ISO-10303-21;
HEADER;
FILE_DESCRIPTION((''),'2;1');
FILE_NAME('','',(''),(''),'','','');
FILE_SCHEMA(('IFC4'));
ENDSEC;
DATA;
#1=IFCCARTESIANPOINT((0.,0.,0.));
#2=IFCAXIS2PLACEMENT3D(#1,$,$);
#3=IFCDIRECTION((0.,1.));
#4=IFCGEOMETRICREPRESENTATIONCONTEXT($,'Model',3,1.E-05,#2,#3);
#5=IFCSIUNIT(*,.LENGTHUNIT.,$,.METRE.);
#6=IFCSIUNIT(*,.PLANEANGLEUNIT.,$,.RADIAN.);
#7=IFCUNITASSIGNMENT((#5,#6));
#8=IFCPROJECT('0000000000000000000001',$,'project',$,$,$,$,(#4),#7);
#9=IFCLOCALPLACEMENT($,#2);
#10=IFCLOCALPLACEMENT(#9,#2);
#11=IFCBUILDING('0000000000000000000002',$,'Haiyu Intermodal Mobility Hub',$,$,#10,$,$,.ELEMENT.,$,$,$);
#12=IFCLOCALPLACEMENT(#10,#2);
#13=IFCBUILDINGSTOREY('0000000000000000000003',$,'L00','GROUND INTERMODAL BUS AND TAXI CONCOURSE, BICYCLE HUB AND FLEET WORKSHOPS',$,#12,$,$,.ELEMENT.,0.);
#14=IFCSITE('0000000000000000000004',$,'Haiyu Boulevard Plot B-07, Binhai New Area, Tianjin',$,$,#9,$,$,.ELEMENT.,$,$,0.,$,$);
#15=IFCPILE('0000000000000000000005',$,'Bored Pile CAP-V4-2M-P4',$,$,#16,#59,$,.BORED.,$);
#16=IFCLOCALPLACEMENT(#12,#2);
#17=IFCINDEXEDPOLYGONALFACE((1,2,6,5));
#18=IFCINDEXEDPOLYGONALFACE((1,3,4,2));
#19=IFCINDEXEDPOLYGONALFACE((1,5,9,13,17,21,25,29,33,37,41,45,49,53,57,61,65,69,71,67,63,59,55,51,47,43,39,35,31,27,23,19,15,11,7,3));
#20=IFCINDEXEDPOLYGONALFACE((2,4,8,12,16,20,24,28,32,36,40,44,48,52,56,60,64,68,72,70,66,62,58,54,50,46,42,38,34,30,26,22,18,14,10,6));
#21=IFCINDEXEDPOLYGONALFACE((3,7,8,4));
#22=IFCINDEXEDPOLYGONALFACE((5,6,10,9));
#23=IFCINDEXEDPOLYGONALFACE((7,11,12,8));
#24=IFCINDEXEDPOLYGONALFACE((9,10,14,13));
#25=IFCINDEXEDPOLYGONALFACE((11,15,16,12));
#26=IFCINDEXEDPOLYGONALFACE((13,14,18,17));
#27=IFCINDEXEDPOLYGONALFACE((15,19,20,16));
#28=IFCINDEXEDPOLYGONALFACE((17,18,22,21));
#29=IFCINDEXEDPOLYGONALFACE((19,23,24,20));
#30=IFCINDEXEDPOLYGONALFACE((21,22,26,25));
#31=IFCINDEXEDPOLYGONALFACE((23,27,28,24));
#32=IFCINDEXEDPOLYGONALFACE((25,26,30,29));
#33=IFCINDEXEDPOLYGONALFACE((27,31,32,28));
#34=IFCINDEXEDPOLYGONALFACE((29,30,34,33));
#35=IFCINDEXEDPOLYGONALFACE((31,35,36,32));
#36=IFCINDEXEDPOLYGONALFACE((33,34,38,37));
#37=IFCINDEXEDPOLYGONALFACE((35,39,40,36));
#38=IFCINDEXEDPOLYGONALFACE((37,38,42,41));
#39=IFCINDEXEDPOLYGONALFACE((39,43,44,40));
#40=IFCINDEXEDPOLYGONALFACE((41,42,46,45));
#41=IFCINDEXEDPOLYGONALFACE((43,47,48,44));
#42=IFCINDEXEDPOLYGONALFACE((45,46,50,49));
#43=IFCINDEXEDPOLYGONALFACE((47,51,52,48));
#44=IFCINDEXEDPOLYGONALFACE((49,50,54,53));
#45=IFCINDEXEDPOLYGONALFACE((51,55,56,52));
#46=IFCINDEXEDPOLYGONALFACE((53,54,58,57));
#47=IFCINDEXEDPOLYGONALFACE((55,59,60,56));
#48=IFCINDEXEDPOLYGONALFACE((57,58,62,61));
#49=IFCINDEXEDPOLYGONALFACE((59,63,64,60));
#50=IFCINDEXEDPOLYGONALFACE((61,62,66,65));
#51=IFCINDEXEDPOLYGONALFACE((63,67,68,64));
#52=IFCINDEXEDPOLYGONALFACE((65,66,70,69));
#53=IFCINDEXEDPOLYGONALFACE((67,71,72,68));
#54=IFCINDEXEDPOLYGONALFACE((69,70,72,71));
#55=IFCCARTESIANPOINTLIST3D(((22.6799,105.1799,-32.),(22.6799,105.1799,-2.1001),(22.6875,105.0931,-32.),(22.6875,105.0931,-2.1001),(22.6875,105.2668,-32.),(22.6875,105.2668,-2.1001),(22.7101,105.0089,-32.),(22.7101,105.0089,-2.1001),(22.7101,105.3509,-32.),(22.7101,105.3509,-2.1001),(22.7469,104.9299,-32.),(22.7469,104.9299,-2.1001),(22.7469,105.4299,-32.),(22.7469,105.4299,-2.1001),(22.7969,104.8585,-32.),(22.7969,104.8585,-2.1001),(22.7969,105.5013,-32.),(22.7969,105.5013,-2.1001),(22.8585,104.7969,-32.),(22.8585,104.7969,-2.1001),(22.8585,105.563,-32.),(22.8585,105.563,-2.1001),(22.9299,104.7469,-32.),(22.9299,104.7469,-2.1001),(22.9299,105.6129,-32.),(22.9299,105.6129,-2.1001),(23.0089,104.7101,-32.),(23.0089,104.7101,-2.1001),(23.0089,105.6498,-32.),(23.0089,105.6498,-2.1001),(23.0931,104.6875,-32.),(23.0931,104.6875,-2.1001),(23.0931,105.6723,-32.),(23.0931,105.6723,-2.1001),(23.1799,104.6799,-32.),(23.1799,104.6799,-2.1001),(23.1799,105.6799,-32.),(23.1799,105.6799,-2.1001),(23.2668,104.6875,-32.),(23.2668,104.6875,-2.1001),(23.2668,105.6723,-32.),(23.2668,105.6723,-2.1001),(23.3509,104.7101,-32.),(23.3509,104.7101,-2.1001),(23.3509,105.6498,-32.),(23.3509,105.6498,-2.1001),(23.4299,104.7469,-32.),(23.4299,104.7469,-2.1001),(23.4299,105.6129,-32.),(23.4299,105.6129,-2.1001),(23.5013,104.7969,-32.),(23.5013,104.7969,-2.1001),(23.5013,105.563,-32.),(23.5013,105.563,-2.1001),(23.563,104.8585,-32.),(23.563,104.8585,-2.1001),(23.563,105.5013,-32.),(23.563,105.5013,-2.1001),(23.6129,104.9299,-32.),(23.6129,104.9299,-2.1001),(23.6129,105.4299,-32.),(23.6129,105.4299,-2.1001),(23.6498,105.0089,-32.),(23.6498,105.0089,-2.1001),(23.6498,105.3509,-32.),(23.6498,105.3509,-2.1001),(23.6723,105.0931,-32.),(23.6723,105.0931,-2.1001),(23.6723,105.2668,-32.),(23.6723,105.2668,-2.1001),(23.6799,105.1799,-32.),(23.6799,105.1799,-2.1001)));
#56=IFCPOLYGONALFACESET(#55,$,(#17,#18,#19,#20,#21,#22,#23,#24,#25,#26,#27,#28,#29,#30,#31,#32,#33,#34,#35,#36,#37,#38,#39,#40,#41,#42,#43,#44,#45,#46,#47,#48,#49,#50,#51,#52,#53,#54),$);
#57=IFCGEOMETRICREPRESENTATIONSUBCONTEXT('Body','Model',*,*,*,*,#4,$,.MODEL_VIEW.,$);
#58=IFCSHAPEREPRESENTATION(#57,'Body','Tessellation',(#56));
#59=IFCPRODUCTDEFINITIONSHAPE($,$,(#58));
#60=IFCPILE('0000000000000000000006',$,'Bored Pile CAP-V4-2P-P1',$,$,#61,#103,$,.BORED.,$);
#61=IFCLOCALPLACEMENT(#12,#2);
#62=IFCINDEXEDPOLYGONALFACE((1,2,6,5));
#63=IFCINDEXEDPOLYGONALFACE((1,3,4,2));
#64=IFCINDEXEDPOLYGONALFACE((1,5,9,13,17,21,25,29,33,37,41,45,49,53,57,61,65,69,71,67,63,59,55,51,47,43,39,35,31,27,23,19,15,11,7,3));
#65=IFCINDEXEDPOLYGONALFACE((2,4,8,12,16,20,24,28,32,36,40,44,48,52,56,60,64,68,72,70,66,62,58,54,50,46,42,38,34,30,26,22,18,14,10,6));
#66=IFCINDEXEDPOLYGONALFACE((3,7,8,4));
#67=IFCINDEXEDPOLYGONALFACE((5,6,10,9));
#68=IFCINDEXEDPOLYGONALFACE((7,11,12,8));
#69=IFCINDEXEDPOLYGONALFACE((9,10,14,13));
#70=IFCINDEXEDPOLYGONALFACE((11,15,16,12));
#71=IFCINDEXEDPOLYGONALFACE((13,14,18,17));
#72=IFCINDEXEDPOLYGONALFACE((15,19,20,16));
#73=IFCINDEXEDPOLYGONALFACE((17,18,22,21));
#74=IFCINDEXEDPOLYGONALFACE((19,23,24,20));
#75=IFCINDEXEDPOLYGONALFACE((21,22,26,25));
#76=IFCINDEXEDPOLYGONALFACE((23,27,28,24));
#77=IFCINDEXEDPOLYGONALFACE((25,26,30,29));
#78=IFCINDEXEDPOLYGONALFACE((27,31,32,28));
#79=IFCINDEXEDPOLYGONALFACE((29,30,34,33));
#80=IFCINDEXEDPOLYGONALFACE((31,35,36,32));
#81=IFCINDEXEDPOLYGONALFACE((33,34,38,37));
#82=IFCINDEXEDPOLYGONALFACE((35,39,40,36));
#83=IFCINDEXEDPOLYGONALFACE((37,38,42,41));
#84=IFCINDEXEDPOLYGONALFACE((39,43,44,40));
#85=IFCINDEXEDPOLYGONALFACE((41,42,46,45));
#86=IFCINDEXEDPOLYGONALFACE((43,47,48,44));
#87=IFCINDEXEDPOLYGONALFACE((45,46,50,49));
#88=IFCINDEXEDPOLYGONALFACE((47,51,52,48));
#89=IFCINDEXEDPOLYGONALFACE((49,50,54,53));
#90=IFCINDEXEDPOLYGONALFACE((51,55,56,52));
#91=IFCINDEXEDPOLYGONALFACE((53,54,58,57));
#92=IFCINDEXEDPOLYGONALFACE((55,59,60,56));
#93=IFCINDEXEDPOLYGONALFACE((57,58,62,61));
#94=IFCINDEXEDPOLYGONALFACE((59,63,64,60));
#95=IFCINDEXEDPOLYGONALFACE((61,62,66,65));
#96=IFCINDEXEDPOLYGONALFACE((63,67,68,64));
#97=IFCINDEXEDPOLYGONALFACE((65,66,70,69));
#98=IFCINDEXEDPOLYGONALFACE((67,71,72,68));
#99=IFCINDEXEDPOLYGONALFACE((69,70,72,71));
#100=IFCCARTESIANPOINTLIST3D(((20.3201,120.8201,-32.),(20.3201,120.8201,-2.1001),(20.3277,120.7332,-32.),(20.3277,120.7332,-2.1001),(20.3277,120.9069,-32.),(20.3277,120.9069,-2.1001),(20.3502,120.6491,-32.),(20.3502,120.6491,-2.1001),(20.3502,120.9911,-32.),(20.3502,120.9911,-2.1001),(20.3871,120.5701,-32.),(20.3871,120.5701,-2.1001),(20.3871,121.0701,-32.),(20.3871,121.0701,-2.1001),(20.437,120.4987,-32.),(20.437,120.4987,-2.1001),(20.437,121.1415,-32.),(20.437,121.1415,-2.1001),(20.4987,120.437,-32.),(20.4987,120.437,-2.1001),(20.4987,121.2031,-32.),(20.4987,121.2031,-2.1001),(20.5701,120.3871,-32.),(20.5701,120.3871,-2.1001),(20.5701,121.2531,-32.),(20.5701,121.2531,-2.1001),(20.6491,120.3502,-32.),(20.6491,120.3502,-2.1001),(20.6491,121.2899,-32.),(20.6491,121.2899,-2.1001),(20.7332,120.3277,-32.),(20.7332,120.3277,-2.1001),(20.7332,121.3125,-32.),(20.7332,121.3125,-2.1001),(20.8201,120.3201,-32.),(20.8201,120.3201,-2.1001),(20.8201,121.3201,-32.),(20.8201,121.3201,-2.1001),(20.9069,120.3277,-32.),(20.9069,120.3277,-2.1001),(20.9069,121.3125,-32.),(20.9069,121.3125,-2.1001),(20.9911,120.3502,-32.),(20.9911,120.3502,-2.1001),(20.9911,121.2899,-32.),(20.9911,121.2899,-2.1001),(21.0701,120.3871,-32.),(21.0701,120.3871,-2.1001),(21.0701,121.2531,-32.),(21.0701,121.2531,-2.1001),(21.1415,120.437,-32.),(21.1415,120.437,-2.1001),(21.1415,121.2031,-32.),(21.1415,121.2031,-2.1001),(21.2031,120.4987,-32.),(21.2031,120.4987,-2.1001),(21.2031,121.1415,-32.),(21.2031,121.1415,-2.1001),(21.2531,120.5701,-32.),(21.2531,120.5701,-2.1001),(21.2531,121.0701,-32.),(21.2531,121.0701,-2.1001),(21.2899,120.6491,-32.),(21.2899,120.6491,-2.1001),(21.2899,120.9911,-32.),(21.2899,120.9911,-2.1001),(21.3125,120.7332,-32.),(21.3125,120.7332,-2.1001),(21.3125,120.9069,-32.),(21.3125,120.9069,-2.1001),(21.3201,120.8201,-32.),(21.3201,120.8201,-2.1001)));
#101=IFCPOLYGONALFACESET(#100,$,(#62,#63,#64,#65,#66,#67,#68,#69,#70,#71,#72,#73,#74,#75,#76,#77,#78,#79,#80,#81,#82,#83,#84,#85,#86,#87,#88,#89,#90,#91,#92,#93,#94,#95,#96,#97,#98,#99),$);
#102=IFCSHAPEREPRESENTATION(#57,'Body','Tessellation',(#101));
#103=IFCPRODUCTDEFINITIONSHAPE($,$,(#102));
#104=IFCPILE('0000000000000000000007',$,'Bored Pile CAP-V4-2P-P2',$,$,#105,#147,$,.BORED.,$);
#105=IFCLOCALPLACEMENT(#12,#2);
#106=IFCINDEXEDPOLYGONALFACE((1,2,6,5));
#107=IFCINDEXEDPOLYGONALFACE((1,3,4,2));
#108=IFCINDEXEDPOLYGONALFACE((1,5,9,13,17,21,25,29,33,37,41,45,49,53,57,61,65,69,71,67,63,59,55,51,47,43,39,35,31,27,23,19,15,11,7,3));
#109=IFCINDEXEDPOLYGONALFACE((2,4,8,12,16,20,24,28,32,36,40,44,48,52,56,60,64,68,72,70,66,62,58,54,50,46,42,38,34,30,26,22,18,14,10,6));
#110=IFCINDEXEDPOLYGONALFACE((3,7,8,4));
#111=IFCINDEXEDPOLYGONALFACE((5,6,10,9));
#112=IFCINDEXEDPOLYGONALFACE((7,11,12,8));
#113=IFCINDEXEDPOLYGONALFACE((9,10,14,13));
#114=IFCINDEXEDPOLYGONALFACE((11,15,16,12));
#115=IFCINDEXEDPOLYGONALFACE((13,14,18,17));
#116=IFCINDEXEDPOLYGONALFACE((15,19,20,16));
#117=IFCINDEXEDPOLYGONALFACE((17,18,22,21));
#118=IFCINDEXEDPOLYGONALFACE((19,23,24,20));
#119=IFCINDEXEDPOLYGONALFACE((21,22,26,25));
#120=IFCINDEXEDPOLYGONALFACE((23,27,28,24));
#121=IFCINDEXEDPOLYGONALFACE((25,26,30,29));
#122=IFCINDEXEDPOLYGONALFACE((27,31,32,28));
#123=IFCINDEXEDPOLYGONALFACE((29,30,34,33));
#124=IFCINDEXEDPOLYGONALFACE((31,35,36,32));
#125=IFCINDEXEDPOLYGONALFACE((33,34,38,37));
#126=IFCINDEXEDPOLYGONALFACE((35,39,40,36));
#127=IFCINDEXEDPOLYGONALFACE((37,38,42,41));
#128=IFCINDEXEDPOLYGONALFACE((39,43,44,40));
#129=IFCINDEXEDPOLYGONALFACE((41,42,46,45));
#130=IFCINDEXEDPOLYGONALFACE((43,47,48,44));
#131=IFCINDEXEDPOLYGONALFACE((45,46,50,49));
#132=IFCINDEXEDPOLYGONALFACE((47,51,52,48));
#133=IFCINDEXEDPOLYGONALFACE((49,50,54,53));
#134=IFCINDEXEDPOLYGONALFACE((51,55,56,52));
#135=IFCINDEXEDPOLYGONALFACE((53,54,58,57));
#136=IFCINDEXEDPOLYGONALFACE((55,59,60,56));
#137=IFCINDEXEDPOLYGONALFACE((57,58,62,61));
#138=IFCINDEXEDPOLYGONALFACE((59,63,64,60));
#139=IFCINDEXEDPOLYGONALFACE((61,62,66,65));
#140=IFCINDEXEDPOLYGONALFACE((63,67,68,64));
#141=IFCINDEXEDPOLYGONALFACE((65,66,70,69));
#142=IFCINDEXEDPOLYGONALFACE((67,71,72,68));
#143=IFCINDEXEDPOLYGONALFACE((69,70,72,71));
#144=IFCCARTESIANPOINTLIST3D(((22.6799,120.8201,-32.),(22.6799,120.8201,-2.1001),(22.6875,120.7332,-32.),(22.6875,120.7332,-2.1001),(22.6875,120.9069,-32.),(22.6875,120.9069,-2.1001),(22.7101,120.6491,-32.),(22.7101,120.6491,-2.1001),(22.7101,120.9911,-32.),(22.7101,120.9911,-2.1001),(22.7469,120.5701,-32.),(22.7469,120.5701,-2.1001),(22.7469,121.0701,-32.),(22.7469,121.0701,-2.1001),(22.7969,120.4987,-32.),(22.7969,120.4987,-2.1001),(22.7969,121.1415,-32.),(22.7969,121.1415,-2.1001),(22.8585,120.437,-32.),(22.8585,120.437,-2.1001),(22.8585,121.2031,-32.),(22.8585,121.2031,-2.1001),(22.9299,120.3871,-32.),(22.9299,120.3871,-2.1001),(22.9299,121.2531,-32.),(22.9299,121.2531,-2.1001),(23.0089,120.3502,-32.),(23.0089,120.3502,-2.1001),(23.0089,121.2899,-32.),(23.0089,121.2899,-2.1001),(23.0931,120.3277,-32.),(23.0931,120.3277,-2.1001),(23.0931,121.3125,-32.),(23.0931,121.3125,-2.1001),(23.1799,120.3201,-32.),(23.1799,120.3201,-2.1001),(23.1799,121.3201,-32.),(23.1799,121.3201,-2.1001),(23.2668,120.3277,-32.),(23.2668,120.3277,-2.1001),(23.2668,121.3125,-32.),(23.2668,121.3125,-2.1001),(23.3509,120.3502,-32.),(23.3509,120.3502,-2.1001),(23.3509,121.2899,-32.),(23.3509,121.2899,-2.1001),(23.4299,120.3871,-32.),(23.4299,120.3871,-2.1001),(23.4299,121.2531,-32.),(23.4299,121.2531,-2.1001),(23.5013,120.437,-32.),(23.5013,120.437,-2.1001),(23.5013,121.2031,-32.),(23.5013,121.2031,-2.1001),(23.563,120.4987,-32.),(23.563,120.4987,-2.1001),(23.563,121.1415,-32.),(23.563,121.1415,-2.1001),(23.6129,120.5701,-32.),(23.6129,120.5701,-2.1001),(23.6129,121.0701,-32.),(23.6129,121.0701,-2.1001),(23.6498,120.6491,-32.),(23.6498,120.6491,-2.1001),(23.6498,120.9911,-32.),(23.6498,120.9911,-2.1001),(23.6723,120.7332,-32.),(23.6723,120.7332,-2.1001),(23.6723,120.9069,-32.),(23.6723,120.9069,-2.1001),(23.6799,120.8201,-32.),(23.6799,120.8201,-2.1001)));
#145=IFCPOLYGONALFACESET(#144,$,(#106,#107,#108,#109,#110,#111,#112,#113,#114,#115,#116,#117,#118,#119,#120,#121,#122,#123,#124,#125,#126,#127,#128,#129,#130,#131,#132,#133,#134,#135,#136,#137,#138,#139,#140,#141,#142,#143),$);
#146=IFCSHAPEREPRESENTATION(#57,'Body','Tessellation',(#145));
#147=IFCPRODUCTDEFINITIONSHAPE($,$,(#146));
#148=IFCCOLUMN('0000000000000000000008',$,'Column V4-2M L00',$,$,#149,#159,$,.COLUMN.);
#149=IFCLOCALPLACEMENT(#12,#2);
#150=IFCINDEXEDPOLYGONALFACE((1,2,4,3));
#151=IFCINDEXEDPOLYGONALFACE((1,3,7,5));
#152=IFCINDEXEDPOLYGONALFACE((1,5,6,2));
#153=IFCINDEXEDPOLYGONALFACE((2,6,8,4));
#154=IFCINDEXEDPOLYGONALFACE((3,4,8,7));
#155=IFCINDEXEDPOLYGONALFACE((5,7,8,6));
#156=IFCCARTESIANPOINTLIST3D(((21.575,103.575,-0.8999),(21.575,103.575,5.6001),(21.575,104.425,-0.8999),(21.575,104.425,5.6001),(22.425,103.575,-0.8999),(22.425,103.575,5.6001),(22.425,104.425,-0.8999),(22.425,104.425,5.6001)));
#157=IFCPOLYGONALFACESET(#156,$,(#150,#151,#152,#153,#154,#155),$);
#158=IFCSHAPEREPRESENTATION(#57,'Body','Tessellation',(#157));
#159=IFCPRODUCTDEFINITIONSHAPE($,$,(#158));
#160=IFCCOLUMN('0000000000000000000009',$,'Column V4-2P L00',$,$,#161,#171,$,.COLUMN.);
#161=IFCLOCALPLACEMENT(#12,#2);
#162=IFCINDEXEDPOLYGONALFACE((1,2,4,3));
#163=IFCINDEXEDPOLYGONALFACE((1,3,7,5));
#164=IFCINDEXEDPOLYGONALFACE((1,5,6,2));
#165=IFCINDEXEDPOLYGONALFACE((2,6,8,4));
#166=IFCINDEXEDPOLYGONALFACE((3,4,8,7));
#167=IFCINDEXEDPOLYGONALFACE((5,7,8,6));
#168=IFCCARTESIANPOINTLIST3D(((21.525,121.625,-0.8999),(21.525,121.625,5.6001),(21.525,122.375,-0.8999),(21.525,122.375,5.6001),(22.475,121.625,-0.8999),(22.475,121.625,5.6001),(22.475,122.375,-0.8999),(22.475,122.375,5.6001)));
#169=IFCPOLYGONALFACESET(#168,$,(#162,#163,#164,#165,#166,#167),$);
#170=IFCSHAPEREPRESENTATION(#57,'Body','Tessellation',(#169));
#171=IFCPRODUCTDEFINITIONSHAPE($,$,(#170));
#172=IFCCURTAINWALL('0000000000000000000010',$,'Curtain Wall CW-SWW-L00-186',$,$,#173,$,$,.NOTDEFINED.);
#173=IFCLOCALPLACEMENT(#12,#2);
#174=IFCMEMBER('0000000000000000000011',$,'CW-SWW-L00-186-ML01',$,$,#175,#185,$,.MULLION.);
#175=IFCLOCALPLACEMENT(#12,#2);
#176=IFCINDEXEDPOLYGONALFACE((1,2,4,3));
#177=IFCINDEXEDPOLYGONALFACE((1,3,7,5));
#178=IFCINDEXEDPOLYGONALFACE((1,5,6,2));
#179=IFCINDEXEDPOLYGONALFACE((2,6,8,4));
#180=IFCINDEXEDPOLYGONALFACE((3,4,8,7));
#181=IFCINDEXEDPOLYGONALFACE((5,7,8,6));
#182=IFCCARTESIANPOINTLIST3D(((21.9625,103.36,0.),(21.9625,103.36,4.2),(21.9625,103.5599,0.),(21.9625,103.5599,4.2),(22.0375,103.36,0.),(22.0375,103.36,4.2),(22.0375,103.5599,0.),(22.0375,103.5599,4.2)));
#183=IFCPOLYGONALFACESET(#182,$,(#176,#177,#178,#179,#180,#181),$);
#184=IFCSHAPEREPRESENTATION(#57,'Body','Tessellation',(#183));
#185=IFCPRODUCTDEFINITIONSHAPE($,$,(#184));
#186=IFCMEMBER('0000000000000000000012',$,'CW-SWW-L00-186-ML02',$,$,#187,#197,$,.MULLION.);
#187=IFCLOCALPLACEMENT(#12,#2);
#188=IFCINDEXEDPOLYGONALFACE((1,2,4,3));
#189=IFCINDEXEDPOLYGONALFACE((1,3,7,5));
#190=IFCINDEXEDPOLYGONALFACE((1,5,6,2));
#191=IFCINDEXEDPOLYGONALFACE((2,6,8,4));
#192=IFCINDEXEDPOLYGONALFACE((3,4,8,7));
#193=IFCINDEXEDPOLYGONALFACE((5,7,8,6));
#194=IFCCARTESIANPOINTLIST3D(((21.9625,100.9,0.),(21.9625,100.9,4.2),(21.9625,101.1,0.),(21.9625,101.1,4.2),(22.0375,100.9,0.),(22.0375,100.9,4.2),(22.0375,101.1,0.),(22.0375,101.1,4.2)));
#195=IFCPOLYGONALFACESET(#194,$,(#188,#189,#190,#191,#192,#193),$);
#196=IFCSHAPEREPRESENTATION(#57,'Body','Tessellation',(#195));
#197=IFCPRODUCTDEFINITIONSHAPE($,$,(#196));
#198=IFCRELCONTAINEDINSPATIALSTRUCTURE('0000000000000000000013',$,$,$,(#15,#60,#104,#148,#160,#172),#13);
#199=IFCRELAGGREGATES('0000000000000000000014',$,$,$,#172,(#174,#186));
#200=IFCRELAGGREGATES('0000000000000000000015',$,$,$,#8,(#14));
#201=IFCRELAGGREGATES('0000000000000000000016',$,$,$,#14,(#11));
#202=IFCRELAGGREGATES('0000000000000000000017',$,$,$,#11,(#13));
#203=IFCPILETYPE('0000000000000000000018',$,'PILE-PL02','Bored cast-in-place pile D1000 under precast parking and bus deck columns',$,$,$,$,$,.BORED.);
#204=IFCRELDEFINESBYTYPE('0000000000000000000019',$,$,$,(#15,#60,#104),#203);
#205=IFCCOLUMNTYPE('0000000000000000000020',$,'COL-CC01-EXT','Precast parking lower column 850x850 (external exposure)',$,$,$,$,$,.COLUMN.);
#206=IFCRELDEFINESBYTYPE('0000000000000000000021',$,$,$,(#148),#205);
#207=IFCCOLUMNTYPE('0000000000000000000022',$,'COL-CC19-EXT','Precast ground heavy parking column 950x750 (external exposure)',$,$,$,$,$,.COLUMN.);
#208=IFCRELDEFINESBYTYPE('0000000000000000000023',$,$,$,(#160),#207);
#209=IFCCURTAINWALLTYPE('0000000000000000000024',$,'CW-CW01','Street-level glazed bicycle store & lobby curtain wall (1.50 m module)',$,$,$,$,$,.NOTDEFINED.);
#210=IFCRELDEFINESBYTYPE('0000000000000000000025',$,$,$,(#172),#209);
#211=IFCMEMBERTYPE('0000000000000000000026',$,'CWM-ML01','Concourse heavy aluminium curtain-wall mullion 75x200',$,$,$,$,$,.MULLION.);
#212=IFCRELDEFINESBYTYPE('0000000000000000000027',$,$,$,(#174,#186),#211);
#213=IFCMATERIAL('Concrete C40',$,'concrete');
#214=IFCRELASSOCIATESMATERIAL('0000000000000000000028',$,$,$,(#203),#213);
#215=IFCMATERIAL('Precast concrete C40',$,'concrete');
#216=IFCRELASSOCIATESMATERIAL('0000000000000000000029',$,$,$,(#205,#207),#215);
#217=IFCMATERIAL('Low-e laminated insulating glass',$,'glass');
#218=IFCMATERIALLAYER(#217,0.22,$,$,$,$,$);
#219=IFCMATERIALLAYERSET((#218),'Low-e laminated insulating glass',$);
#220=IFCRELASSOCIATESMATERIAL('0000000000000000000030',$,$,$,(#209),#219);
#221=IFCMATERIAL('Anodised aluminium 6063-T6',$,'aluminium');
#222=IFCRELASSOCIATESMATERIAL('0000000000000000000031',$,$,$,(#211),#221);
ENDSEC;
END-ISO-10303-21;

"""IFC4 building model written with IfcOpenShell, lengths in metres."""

from ifc_helpers import new_model, si_unit, direction, frame, origin, origin_2d, place, context, subcontext, project, spatial, rectangle, circle, extrude, material, layer, layer_set, material_profile, profile_set, type_object, element, aggregate, save


model = new_model("IFC4")

# Units and contexts
model_context = context("Model", 3, precision=1e-05, world=origin(), true_north=direction((0.0, 1.0)))
body_context = subcontext(model_context, "Body", "Model", "MODEL_VIEW")
ifc_project = project(units=[si_unit("LENGTHUNIT", "METRE"), si_unit("PLANEANGLEUNIT", "RADIAN")], contexts=[model_context])

# Site, building, storey
site_placement = place(None, origin())
site = spatial("IfcSite", under=ifc_project, at=site_placement, Name="Haiyu Boulevard Plot B-07, Binhai New Area, Tianjin", CompositionType="ELEMENT", RefElevation=0.0)
building_placement = place(site_placement, origin())
building = spatial("IfcBuilding", under=site, at=building_placement, Name="Haiyu Intermodal Mobility Hub", CompositionType="ELEMENT")
storey_placement = place(building_placement, origin())
storey = spatial("IfcBuildingStorey", under=building, at=storey_placement, Name="L00", Description="GROUND INTERMODAL BUS AND TAXI CONCOURSE, BICYCLE HUB AND FLEET WORKSHOPS", CompositionType="ELEMENT", Elevation=0.0)

# Shared definitions
ifc_material_1 = material(Name="Concrete C40", Category="concrete")

# Piles
ifc_material_profile_1 = material_profile(ifc_material_1, circle(Radius=0.5, at=origin_2d()), Name="PILE-D1000")
ifc_profile_set_1 = profile_set([ifc_material_profile_1], Name="Concrete C40")
pile_type = type_object("IfcPileType", Name="PILE-PL02", Description="Bored cast-in-place pile D1000 under precast parking and bus deck columns", PredefinedType="BORED", material=ifc_profile_set_1)
for number, where, z_axis, x_axis, name in (
    (1, (23.1799, 105.1799, -2.1001), (0.0, 0.0, -1.0), (1.0, 0.0, 0.0), "Bored Pile CAP-V4-2M-P4"),
    (2, (20.8201, 120.8201, -2.1001), (0.0, 0.0, -1.0), (1.0, 0.0, 0.0), "Bored Pile CAP-V4-2P-P1"),
    (3, (23.1799, 120.8201, -2.1001), (0.0, 0.0, -1.0), (1.0, 0.0, 0.0), "Bored Pile CAP-V4-2P-P2"),
):
    element("IfcPile", number, at=place(storey_placement, frame(where, z_axis=z_axis, x_axis=x_axis)), inside=storey, type_object=pile_type, Name=name, PredefinedType="BORED", context=body_context, shape_type="SweptSolid", body=[
        extrude(circle(Radius=0.5, at=origin_2d()), origin(), (0.0, 0.0, 1.0), 29.8999),
    ])

# Columns
ifc_material_2 = material(Name="Precast concrete C40", Category="concrete")
ifc_material_profile_2 = material_profile(ifc_material_2, rectangle(XDim=0.8501, YDim=0.8501, at=origin_2d()), Name="RC850x850")
ifc_profile_set_2 = profile_set([ifc_material_profile_2], Name="Precast concrete C40")
column_type_1 = type_object("IfcColumnType", Name="COL-CC01-EXT", Description="Precast parking lower column 850x850 (external exposure)", PredefinedType="COLUMN", material=ifc_profile_set_2)
column_1_placement = place(storey_placement, frame((22.0, 104.0, -0.8999), z_axis=(0.0, 0.0, 1.0), x_axis=(1.0, 0.0, 0.0)))
element("IfcColumn", 4, at=column_1_placement, inside=storey, type_object=column_type_1, Name="Column V4-2M L00", PredefinedType="COLUMN", context=body_context, shape_type="SweptSolid", body=[
    extrude(rectangle(XDim=0.8501, YDim=0.8501, at=origin_2d()), origin(), (0.0, 0.0, 1.0), 6.5),
])
ifc_material_profile_3 = material_profile(ifc_material_2, rectangle(XDim=0.95, YDim=0.75, at=origin_2d()), Name="C950x750")
ifc_profile_set_3 = profile_set([ifc_material_profile_3], Name="Precast concrete C40")
column_type_2 = type_object("IfcColumnType", Name="COL-CC19-EXT", Description="Precast ground heavy parking column 950x750 (external exposure)", PredefinedType="COLUMN", material=ifc_profile_set_3)
column_2_placement = place(storey_placement, frame((22.0, 122.0, -0.8999), z_axis=(0.0, 0.0, 1.0), x_axis=(1.0, 0.0, 0.0)))
element("IfcColumn", 5, at=column_2_placement, inside=storey, type_object=column_type_2, Name="Column V4-2P L00", PredefinedType="COLUMN", context=body_context, shape_type="SweptSolid", body=[
    extrude(rectangle(XDim=0.95, YDim=0.75, at=origin_2d()), origin(), (0.0, 0.0, 1.0), 6.5),
])

# Curtain wall, members
ifc_material_3 = material(Name="Low-e laminated insulating glass", Category="glass")
ifc_layer_1 = layer(ifc_material_3, 0.22)
ifc_layer_set_1 = layer_set([ifc_layer_1], Name="Low-e laminated insulating glass")
curtain_wall_type = type_object("IfcCurtainWallType", Name="CW-CW01", Description="Street-level glazed bicycle store & lobby curtain wall (1.50 m module)", PredefinedType="NOTDEFINED", material=ifc_layer_set_1)
curtain_wall_placement = place(storey_placement, origin())
curtain_wall = element("IfcCurtainWall", 6, at=curtain_wall_placement, inside=storey, type_object=curtain_wall_type, Name="Curtain Wall CW-SWW-L00-186", PredefinedType="NOTDEFINED")
ifc_material_4 = material(Name="Anodised aluminium 6063-T6", Category="aluminium")
ifc_material_profile_4 = material_profile(ifc_material_4, rectangle(XDim=0.075, YDim=0.2, at=origin_2d()), Name="ALU75x200")
ifc_profile_set_4 = profile_set([ifc_material_profile_4], Name="Anodised aluminium 6063-T6")
member_type_1 = type_object("IfcMemberType", Name="CWM-ML01", Description="Concourse heavy aluminium curtain-wall mullion 75x200", PredefinedType="MULLION", material=ifc_profile_set_4)
member_1_placement = place(storey_placement, frame((22.0, 103.46, 0.0), z_axis=(0.0, 0.0, 1.0), x_axis=(1.0, 0.0, 0.0)))
member_1 = element("IfcMember", 7, at=member_1_placement, type_object=member_type_1, Name="CW-SWW-L00-186-ML01", PredefinedType="MULLION", context=body_context, shape_type="SweptSolid", body=[
    extrude(rectangle(XDim=0.075, YDim=0.2, at=origin_2d()), origin(), (0.0, 0.0, 1.0), 4.2),
])
member_2_placement = place(storey_placement, frame((22.0, 101.0, 0.0), z_axis=(0.0, 0.0, 1.0), x_axis=(1.0, 0.0, 0.0)))
member_2 = element("IfcMember", 8, at=member_2_placement, type_object=member_type_1, Name="CW-SWW-L00-186-ML02", PredefinedType="MULLION", context=body_context, shape_type="SweptSolid", body=[
    extrude(rectangle(XDim=0.075, YDim=0.2, at=origin_2d()), origin(), (0.0, 0.0, 1.0), 4.2),
])
aggregate(curtain_wall, [member_1, member_2])

save(model, "model.ifc")
